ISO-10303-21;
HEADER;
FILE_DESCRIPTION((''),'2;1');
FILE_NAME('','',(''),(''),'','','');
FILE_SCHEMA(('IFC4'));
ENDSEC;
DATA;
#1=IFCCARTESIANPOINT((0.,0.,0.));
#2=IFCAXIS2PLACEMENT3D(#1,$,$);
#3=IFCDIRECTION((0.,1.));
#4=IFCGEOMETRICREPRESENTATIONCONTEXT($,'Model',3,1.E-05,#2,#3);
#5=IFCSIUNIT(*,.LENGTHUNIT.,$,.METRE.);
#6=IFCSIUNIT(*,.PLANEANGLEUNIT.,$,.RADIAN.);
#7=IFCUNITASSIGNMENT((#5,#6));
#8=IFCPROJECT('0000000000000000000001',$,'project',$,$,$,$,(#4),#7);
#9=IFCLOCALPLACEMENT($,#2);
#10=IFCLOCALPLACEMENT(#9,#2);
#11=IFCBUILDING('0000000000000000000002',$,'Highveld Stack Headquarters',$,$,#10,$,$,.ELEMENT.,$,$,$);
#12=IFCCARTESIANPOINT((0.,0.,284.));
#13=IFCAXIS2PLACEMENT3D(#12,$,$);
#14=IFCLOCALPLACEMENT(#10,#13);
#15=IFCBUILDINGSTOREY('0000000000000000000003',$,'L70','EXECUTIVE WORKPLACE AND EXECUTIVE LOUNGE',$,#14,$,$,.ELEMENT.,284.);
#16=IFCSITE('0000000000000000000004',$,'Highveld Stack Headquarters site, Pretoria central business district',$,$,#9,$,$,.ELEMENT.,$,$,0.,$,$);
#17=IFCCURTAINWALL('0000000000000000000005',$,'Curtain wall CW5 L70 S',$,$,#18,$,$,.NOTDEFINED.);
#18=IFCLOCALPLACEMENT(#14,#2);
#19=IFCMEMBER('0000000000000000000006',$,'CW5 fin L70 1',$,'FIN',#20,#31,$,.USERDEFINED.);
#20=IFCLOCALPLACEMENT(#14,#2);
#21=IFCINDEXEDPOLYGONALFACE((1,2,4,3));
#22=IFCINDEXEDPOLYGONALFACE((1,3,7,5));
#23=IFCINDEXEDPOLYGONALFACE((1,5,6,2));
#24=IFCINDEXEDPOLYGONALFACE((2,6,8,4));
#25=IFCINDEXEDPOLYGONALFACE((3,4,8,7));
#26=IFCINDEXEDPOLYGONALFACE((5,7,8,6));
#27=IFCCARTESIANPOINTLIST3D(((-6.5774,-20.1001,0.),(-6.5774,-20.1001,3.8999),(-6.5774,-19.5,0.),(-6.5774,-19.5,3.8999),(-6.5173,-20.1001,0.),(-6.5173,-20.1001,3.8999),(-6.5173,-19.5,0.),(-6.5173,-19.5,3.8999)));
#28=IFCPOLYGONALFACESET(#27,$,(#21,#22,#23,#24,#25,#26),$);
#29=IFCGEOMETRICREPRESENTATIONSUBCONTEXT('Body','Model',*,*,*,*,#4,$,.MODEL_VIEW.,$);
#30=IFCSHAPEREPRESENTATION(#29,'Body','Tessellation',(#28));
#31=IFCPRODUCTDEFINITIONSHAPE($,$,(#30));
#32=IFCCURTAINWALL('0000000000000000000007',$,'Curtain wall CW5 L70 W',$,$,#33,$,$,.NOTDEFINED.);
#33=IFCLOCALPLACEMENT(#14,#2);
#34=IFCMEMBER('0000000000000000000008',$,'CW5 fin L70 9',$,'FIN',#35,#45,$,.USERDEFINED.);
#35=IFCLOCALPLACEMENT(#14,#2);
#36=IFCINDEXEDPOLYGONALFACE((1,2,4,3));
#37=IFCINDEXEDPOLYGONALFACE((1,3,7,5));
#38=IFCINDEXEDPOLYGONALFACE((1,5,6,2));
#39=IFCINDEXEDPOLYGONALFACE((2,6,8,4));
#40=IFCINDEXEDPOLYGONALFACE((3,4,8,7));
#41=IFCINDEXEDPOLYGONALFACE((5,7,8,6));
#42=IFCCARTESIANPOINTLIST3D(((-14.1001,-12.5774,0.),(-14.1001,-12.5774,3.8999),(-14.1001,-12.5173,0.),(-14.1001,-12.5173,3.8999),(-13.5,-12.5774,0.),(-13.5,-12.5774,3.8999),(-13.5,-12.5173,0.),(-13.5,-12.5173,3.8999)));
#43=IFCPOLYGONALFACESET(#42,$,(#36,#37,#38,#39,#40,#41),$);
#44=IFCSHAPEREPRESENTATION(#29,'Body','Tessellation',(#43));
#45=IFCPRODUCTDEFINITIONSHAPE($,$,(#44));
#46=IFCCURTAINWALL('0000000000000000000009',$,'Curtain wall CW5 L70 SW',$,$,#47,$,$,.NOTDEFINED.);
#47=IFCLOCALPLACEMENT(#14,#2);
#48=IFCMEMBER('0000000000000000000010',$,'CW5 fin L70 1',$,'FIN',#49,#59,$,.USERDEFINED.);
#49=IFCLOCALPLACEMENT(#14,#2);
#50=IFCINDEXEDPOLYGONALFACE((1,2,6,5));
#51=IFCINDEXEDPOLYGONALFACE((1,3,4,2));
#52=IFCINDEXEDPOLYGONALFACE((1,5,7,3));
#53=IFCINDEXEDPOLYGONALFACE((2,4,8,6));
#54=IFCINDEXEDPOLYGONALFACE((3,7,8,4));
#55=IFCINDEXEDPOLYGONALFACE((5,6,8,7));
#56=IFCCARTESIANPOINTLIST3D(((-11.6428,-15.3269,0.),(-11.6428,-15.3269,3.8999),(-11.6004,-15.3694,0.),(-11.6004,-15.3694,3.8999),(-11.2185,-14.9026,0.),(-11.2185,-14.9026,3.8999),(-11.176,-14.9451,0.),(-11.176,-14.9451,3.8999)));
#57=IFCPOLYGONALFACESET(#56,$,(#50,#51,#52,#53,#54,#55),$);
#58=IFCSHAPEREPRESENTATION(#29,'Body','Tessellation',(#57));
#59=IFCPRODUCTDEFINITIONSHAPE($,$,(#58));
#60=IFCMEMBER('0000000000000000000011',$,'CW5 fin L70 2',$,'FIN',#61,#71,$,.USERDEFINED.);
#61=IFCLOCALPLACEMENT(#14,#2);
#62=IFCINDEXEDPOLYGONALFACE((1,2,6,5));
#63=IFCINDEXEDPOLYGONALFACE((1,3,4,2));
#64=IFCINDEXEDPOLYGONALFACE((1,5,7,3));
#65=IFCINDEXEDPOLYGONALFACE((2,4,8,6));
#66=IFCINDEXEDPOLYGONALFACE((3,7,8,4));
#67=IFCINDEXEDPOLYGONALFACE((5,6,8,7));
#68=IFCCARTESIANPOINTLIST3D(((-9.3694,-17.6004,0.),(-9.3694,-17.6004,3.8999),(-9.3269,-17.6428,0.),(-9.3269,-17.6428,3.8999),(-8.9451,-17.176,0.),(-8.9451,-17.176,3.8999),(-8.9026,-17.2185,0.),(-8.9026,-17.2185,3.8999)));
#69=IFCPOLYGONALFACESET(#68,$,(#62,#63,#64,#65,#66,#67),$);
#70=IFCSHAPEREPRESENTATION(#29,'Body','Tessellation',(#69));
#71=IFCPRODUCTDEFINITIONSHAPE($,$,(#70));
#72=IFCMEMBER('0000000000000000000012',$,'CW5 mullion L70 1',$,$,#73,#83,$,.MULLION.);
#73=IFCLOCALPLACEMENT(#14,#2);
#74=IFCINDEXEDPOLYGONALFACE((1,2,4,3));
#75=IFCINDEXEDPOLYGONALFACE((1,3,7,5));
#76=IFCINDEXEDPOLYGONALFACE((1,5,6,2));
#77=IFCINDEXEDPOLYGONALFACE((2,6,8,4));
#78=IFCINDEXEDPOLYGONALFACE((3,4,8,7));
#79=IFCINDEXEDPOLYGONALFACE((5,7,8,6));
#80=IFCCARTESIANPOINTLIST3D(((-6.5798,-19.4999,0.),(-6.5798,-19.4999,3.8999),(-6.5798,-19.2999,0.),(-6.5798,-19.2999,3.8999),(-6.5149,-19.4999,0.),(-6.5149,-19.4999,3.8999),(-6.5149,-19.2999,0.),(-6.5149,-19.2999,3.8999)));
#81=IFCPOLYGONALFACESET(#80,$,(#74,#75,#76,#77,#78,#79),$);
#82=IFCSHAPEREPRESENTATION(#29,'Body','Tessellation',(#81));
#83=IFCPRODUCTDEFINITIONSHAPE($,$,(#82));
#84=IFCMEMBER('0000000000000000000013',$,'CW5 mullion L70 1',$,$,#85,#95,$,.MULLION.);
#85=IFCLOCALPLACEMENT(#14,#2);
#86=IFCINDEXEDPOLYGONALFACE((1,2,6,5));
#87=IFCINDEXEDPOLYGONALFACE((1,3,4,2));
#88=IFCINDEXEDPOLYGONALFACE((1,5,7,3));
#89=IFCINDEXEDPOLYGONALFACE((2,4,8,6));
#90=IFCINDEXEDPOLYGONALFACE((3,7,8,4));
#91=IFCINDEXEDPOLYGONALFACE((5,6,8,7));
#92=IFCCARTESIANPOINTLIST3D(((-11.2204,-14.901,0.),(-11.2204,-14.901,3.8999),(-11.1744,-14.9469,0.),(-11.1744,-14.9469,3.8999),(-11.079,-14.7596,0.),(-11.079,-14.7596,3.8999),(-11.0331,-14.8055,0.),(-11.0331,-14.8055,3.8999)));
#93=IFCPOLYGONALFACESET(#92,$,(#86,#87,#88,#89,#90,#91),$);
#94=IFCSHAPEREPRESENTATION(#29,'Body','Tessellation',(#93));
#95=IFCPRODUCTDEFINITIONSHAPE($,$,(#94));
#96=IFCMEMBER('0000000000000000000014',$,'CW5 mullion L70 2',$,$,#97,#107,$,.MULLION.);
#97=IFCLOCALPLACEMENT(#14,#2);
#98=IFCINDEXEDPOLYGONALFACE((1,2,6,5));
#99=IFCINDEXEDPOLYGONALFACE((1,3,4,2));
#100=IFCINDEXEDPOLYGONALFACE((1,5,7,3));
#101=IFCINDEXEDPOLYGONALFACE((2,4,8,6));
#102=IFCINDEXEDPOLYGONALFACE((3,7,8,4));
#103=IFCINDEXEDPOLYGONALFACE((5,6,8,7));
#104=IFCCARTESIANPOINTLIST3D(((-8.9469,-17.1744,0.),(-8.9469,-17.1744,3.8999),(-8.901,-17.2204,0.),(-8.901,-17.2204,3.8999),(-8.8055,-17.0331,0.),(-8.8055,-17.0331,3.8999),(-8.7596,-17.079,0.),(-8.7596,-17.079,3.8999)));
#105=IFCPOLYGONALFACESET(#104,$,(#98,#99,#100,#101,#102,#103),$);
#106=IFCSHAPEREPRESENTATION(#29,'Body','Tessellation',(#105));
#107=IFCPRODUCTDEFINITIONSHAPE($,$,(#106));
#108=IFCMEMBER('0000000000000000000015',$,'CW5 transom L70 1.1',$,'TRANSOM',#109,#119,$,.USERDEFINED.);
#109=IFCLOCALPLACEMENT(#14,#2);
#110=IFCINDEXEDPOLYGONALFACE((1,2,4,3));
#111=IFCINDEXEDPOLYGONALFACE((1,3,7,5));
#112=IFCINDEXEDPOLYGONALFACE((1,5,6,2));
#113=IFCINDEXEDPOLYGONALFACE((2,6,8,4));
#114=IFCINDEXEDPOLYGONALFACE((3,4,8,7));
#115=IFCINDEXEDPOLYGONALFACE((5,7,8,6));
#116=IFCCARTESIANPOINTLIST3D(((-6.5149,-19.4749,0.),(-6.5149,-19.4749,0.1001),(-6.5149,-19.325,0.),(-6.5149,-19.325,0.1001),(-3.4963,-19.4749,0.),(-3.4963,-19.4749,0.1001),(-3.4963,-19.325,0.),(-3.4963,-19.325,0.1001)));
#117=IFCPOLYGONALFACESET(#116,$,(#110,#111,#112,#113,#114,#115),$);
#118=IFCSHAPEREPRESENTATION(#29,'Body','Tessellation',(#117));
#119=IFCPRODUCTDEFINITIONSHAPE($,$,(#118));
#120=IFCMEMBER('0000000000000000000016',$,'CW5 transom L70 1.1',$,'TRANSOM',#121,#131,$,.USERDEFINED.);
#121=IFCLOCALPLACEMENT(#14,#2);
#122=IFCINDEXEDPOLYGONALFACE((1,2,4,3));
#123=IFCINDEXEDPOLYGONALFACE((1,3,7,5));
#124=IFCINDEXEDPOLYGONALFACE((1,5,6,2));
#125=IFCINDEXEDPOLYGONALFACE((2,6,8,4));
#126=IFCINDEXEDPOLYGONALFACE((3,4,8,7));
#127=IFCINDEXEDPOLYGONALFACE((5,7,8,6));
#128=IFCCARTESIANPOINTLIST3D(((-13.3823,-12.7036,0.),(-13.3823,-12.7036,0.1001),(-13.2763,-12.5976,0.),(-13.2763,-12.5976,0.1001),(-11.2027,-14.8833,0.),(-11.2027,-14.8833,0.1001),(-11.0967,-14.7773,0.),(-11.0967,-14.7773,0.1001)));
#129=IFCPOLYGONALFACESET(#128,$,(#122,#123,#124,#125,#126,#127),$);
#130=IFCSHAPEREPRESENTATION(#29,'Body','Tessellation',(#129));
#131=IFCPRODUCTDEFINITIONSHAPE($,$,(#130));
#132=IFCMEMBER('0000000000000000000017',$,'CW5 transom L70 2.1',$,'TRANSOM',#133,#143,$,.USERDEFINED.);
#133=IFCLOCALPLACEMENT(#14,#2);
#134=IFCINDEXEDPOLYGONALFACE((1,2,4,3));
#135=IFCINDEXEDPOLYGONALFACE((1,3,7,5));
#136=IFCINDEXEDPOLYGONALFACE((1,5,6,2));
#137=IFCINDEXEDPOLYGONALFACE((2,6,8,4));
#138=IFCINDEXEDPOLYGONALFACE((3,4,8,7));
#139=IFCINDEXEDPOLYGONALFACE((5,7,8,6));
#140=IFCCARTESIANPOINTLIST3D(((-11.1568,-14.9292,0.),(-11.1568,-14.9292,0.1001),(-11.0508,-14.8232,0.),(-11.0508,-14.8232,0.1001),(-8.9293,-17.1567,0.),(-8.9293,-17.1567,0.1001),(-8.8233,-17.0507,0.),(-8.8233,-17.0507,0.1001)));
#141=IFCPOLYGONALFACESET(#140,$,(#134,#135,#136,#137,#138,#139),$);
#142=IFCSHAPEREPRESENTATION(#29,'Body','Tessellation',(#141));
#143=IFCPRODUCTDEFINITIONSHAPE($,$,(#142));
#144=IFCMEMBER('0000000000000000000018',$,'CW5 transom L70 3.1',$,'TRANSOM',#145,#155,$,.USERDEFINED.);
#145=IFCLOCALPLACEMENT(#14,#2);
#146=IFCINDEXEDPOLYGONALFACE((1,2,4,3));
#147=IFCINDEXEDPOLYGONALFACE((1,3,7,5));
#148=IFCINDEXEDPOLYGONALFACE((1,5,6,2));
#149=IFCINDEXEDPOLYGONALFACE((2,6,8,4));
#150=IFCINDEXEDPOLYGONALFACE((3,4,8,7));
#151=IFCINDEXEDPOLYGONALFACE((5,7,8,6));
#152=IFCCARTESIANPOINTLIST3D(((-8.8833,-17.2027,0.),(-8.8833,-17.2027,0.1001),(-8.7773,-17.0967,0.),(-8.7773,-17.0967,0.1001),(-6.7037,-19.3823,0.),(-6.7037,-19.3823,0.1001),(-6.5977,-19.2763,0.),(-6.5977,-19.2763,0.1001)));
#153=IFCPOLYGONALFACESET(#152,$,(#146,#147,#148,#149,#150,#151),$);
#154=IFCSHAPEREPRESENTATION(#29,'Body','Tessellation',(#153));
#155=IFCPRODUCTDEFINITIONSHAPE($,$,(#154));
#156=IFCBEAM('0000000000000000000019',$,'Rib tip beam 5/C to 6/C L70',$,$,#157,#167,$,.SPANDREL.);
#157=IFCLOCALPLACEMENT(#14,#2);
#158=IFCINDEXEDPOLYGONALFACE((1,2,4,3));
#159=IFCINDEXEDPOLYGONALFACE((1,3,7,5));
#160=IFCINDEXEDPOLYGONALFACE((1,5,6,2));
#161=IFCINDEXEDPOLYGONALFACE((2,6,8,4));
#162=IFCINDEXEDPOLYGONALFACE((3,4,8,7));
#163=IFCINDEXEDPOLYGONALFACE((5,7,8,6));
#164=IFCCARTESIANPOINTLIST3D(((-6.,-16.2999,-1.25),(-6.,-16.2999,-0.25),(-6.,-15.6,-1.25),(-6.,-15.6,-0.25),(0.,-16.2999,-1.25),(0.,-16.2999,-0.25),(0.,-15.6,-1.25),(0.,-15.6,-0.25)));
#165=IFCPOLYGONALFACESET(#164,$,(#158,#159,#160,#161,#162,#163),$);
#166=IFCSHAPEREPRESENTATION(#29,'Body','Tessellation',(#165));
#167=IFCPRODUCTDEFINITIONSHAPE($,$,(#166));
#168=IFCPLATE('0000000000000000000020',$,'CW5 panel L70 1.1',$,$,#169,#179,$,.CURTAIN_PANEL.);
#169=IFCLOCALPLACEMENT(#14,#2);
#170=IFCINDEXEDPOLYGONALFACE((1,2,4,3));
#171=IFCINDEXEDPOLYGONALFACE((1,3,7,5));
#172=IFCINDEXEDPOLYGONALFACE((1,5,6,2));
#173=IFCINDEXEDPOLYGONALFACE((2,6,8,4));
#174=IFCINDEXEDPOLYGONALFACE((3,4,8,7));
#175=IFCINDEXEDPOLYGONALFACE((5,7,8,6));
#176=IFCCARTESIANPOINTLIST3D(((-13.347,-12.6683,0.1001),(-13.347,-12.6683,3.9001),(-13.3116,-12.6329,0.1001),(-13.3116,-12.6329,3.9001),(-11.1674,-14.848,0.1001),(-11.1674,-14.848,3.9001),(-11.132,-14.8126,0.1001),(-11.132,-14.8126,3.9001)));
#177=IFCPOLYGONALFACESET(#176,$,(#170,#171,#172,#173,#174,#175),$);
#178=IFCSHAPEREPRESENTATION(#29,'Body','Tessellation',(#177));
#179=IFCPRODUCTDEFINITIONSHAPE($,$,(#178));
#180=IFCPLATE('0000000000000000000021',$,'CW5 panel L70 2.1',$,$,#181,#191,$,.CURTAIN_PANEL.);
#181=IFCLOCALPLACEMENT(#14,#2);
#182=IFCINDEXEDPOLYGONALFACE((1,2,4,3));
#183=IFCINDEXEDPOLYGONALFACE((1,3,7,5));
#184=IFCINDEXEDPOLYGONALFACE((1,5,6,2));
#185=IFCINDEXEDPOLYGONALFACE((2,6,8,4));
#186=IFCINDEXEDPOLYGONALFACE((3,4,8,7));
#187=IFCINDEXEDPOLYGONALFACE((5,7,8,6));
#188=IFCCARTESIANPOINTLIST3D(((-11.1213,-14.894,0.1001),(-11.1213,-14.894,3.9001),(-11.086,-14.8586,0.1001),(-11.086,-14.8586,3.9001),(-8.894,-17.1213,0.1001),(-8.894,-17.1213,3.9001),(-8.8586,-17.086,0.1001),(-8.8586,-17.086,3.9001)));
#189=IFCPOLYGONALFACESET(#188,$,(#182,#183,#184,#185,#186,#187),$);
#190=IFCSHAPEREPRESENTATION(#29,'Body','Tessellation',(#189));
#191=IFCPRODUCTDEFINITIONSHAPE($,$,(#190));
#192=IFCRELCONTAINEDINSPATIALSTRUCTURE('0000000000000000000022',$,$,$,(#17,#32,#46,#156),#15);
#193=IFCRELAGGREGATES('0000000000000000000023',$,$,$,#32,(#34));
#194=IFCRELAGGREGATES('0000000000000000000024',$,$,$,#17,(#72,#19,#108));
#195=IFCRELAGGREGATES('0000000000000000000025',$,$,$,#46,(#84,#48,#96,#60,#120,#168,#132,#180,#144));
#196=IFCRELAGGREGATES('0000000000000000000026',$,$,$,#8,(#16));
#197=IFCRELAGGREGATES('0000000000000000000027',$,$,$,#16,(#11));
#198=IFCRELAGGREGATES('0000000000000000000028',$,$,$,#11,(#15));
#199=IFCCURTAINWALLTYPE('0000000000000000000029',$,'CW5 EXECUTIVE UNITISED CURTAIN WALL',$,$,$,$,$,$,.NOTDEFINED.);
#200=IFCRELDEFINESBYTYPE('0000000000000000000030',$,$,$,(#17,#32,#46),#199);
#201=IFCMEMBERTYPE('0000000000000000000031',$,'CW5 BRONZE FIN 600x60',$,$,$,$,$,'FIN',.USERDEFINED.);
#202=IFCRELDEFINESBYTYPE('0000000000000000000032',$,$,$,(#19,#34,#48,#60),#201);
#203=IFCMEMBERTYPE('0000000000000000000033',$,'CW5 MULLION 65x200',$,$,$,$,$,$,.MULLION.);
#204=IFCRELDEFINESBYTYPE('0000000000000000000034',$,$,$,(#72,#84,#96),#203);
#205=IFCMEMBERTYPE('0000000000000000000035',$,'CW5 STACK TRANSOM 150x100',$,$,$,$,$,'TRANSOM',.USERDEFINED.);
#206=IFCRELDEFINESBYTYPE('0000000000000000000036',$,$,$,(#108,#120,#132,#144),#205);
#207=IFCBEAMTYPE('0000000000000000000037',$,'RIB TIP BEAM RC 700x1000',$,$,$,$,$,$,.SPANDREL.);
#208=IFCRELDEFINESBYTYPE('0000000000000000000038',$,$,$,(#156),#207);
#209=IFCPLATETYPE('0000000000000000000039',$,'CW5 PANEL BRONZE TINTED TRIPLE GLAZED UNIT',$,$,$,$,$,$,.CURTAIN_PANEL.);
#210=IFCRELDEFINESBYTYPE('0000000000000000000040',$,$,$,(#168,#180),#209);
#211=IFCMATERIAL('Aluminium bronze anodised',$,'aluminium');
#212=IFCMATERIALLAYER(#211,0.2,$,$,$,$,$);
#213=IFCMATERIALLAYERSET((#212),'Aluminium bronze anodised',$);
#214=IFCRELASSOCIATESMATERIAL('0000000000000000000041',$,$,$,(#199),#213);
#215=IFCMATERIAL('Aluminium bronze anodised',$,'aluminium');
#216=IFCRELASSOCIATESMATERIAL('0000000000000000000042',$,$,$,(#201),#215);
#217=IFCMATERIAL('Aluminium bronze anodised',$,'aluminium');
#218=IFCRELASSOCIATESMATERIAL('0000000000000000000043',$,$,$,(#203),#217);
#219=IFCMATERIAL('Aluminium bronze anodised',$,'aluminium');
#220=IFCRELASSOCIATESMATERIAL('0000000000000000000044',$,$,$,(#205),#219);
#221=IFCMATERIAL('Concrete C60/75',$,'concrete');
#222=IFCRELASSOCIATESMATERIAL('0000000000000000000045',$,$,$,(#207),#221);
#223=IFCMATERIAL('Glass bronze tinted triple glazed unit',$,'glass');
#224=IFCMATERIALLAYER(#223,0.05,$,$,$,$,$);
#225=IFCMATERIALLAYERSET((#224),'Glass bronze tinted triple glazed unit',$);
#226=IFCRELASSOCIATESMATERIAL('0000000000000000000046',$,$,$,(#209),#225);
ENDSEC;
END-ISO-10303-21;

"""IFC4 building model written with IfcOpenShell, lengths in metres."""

from ifc_helpers import new_model, si_unit, direction, frame, origin, origin_2d, place, context, subcontext, project, spatial, rectangle, extrude, material, layer, layer_set, material_profile, profile_set, type_object, element, aggregate, save


model = new_model("IFC4")

# Units and contexts
model_context = context("Model", 3, precision=1e-05, world=origin(), true_north=direction((0.0, 1.0)))
body_context = subcontext(model_context, "Body", "Model", "MODEL_VIEW")
ifc_project = project(units=[si_unit("LENGTHUNIT", "METRE"), si_unit("PLANEANGLEUNIT", "RADIAN")], contexts=[model_context])

# Site, building, storey
site_placement = place(None, origin())
site = spatial("IfcSite", under=ifc_project, at=site_placement, Name="Highveld Stack Headquarters site, Pretoria central business district", CompositionType="ELEMENT", RefElevation=0.0)
building_placement = place(site_placement, origin())
building = spatial("IfcBuilding", under=site, at=building_placement, Name="Highveld Stack Headquarters", CompositionType="ELEMENT")
storey_placement = place(building_placement, frame((0.0, 0.0, 284.0)))
storey = spatial("IfcBuildingStorey", under=building, at=storey_placement, Name="L70", Description="EXECUTIVE WORKPLACE AND EXECUTIVE LOUNGE", CompositionType="ELEMENT", Elevation=284.0)

# Curtain walls, members
ifc_material_1 = material(Name="Aluminium bronze anodised", Category="aluminium")
ifc_layer_1 = layer(ifc_material_1, 0.2)
ifc_layer_set_1 = layer_set([ifc_layer_1], Name="Aluminium bronze anodised")
curtain_wall_type = type_object("IfcCurtainWallType", Name="CW5 EXECUTIVE UNITISED CURTAIN WALL", PredefinedType="NOTDEFINED", material=ifc_layer_set_1)
curtain_wall_1_placement = place(storey_placement, origin())
curtain_wall_1 = element("IfcCurtainWall", 1, at=curtain_wall_1_placement, inside=storey, type_object=curtain_wall_type, Name="Curtain wall CW5 L70 S", PredefinedType="NOTDEFINED")
ifc_material_2 = material(Name="Aluminium bronze anodised", Category="aluminium")
ifc_material_profile_1 = material_profile(ifc_material_2, rectangle(XDim=0.6001, YDim=0.0601, at=origin_2d()), Name="FIN 600x60")
ifc_profile_set_1 = profile_set([ifc_material_profile_1], Name="Aluminium bronze anodised")
member_type_1 = type_object("IfcMemberType", Name="CW5 BRONZE FIN 600x60", ElementType="FIN", PredefinedType="USERDEFINED", material=ifc_profile_set_1)
member_1_placement = place(storey_placement, frame((-6.5474, -19.8, 0.0), z_axis=(0.0, 0.0, 1.0), x_axis=(0.0, 1.0, 0.0)))
member_1 = element("IfcMember", 2, at=member_1_placement, type_object=member_type_1, Name="CW5 fin L70 1", ObjectType="FIN", PredefinedType="USERDEFINED", context=body_context, shape_type="SweptSolid", body=[
    extrude(rectangle(XDim=0.6001, YDim=0.0601, at=origin_2d()), origin(), (0.0, 0.0, 1.0), 3.8999),
])
curtain_wall_2_placement = place(storey_placement, origin())
curtain_wall_2 = element("IfcCurtainWall", 3, at=curtain_wall_2_placement, inside=storey, type_object=curtain_wall_type, Name="Curtain wall CW5 L70 W", PredefinedType="NOTDEFINED")
member_2_placement = place(storey_placement, frame((-13.8, -12.5474, 0.0), z_axis=(0.0, 0.0, 1.0), x_axis=(1.0, 0.0, 0.0)))
member_2 = element("IfcMember", 4, at=member_2_placement, type_object=member_type_1, Name="CW5 fin L70 9", ObjectType="FIN", PredefinedType="USERDEFINED", context=body_context, shape_type="SweptSolid", body=[
    extrude(rectangle(XDim=0.6001, YDim=0.0601, at=origin_2d()), origin(), (0.0, 0.0, 1.0), 3.8999),
])
aggregate(curtain_wall_2, [member_2])

# Curtain wall, members
curtain_wall_3_placement = place(storey_placement, origin())
curtain_wall_3 = element("IfcCurtainWall", 5, at=curtain_wall_3_placement, inside=storey, type_object=curtain_wall_type, Name="Curtain wall CW5 L70 SW", PredefinedType="NOTDEFINED")
member_3_placement = place(storey_placement, frame((-11.4094, -15.136, 0.0), z_axis=(0.0, 0.0, 1.0), x_axis=(0.707107, 0.707107, 0.0)))
member_3 = element("IfcMember", 6, at=member_3_placement, type_object=member_type_1, Name="CW5 fin L70 1", ObjectType="FIN", PredefinedType="USERDEFINED", context=body_context, shape_type="SweptSolid", body=[
    extrude(rectangle(XDim=0.6001, YDim=0.0601, at=origin_2d()), origin(), (0.0, 0.0, 1.0), 3.8999),
])
member_4_placement = place(storey_placement, frame((-9.136, -17.4094, 0.0), z_axis=(0.0, 0.0, 1.0), x_axis=(0.707107, 0.707107, 0.0)))
member_4 = element("IfcMember", 7, at=member_4_placement, type_object=member_type_1, Name="CW5 fin L70 2", ObjectType="FIN", PredefinedType="USERDEFINED", context=body_context, shape_type="SweptSolid", body=[
    extrude(rectangle(XDim=0.6001, YDim=0.0601, at=origin_2d()), origin(), (0.0, 0.0, 1.0), 3.8999),
])

# Members
ifc_material_3 = material(Name="Aluminium bronze anodised", Category="aluminium")
ifc_material_profile_2 = material_profile(ifc_material_3, rectangle(XDim=0.2, YDim=0.0649, at=origin_2d()), Name="CW5 MULLION 65x200")
ifc_profile_set_2 = profile_set([ifc_material_profile_2], Name="Aluminium bronze anodised")
member_type_2 = type_object("IfcMemberType", Name="CW5 MULLION 65x200", PredefinedType="MULLION", material=ifc_profile_set_2)
member_5_placement = place(storey_placement, frame((-6.5474, -19.3999, 0.0), z_axis=(0.0, 0.0, 1.0), x_axis=(0.0, 1.0, 0.0)))
member_5 = element("IfcMember", 8, at=member_5_placement, type_object=member_type_2, Name="CW5 mullion L70 1", PredefinedType="MULLION", context=body_context, shape_type="SweptSolid", body=[
    extrude(rectangle(XDim=0.2, YDim=0.0649, at=origin_2d()), origin(), (0.0, 0.0, 1.0), 3.8999),
])
member_6_placement = place(storey_placement, frame((-11.1267, -14.8533, 0.0), z_axis=(0.0, 0.0, 1.0), x_axis=(0.707107, 0.707107, 0.0)))
member_6 = element("IfcMember", 9, at=member_6_placement, type_object=member_type_2, Name="CW5 mullion L70 1", PredefinedType="MULLION", context=body_context, shape_type="SweptSolid", body=[
    extrude(rectangle(XDim=0.2, YDim=0.0649, at=origin_2d()), origin(), (0.0, 0.0, 1.0), 3.8999),
])
member_7_placement = place(storey_placement, frame((-8.8533, -17.1267, 0.0), z_axis=(0.0, 0.0, 1.0), x_axis=(0.707107, 0.707107, 0.0)))
member_7 = element("IfcMember", 10, at=member_7_placement, type_object=member_type_2, Name="CW5 mullion L70 2", PredefinedType="MULLION", context=body_context, shape_type="SweptSolid", body=[
    extrude(rectangle(XDim=0.2, YDim=0.0649, at=origin_2d()), origin(), (0.0, 0.0, 1.0), 3.8999),
])
ifc_material_4 = material(Name="Aluminium bronze anodised", Category="aluminium")
ifc_material_profile_3 = material_profile(ifc_material_4, rectangle(XDim=0.1499, YDim=0.1001, at=origin_2d()), Name="CW5 TRANSOM 150x100")
ifc_profile_set_3 = profile_set([ifc_material_profile_3], Name="Aluminium bronze anodised")
member_type_3 = type_object("IfcMemberType", Name="CW5 STACK TRANSOM 150x100", ElementType="TRANSOM", PredefinedType="USERDEFINED", material=ifc_profile_set_3)
member_8_placement = place(storey_placement, frame((-6.5149, -19.3999, 0.05), z_axis=(1.0, 0.0, 0.0), x_axis=(0.0, 1.0, 0.0)))
member_8 = element("IfcMember", 11, at=member_8_placement, type_object=member_type_3, Name="CW5 transom L70 1.1", ObjectType="TRANSOM", PredefinedType="USERDEFINED", context=body_context, shape_type="SweptSolid", body=[
    extrude(rectangle(XDim=0.1499, YDim=0.1001, at=origin_2d()), origin(), (0.0, 0.0, 1.0), 3.0186),
])
aggregate(curtain_wall_1, [member_5, member_1, member_8])
member_9_placement = place(storey_placement, frame((-13.3293, -12.6506, 0.05), z_axis=(0.707107, -0.707107, 0.0), x_axis=(0.707107, 0.707107, 0.0)))
member_9 = element("IfcMember", 12, at=member_9_placement, type_object=member_type_3, Name="CW5 transom L70 1.1", ObjectType="TRANSOM", PredefinedType="USERDEFINED", context=body_context, shape_type="SweptSolid", body=[
    extrude(rectangle(XDim=0.1499, YDim=0.1001, at=origin_2d()), origin(), (0.0, 0.0, 1.0), 3.0825),
])
member_10_placement = place(storey_placement, frame((-11.1038, -14.8762, 0.05), z_axis=(0.707107, -0.707107, 0.0), x_axis=(0.707107, 0.707107, 0.0)))
member_10 = element("IfcMember", 13, at=member_10_placement, type_object=member_type_3, Name="CW5 transom L70 2.1", ObjectType="TRANSOM", PredefinedType="USERDEFINED", context=body_context, shape_type="SweptSolid", body=[
    extrude(rectangle(XDim=0.1499, YDim=0.1001, at=origin_2d()), origin(), (0.0, 0.0, 1.0), 3.1501),
])
member_11_placement = place(storey_placement, frame((-8.8303, -17.1497, 0.05), z_axis=(0.707107, -0.707107, 0.0), x_axis=(0.707107, 0.707107, 0.0)))
member_11 = element("IfcMember", 14, at=member_11_placement, type_object=member_type_3, Name="CW5 transom L70 3.1", ObjectType="TRANSOM", PredefinedType="USERDEFINED", context=body_context, shape_type="SweptSolid", body=[
    extrude(rectangle(XDim=0.1499, YDim=0.1001, at=origin_2d()), origin(), (0.0, 0.0, 1.0), 3.0825),
])

# Beam
ifc_material_5 = material(Name="Concrete C60/75", Category="concrete")
ifc_material_profile_4 = material_profile(ifc_material_5, rectangle(XDim=0.7, YDim=1.0, at=origin_2d()), Name="RC 700x1000")
ifc_profile_set_4 = profile_set([ifc_material_profile_4], Name="Concrete C60/75")
beam_type = type_object("IfcBeamType", Name="RIB TIP BEAM RC 700x1000", PredefinedType="SPANDREL", material=ifc_profile_set_4)
beam_placement = place(storey_placement, frame((-6.0, -15.95, -0.75), z_axis=(1.0, 0.0, 0.0), x_axis=(0.0, 1.0, 0.0)))
element("IfcBeam", 15, at=beam_placement, inside=storey, type_object=beam_type, Name="Rib tip beam 5/C to 6/C L70", PredefinedType="SPANDREL", context=body_context, shape_type="SweptSolid", body=[
    extrude(rectangle(XDim=0.7, YDim=1.0, at=origin_2d()), origin(), (0.0, 0.0, 1.0), 6.0),
])

# Plates
ifc_material_6 = material(Name="Glass bronze tinted triple glazed unit", Category="glass")
ifc_layer_2 = layer(ifc_material_6, 0.05)
ifc_layer_set_2 = layer_set([ifc_layer_2], Name="Glass bronze tinted triple glazed unit")
plate_type = type_object("IfcPlateType", Name="CW5 PANEL BRONZE TINTED TRIPLE GLAZED UNIT", PredefinedType="CURTAIN_PANEL", material=ifc_layer_set_2)
plate_1_placement = place(storey_placement, frame((-12.2395, -13.7405, 0.1001), z_axis=(0.0, 0.0, 1.0), x_axis=(0.707107, -0.707107, 0.0)))
plate_1 = element("IfcPlate", 16, at=plate_1_placement, type_object=plate_type, Name="CW5 panel L70 1.1", PredefinedType="CURTAIN_PANEL", context=body_context, shape_type="SweptSolid", body=[
    extrude(rectangle(XDim=3.0825, YDim=0.05, at=origin_2d()), origin(), (0.0, 0.0, 1.0), 3.8),
])
plate_2_placement = place(storey_placement, frame((-9.99, -15.99, 0.1001), z_axis=(0.0, 0.0, 1.0), x_axis=(0.707107, -0.707107, 0.0)))
plate_2 = element("IfcPlate", 17, at=plate_2_placement, type_object=plate_type, Name="CW5 panel L70 2.1", PredefinedType="CURTAIN_PANEL", context=body_context, shape_type="SweptSolid", body=[
    extrude(rectangle(XDim=3.1499, YDim=0.05, at=origin_2d()), origin(), (0.0, 0.0, 1.0), 3.8),
])
aggregate(curtain_wall_3, [member_6, member_3, member_7, member_4, member_9, plate_1, member_10, plate_2, member_11])

save(model, "model.ifc")
